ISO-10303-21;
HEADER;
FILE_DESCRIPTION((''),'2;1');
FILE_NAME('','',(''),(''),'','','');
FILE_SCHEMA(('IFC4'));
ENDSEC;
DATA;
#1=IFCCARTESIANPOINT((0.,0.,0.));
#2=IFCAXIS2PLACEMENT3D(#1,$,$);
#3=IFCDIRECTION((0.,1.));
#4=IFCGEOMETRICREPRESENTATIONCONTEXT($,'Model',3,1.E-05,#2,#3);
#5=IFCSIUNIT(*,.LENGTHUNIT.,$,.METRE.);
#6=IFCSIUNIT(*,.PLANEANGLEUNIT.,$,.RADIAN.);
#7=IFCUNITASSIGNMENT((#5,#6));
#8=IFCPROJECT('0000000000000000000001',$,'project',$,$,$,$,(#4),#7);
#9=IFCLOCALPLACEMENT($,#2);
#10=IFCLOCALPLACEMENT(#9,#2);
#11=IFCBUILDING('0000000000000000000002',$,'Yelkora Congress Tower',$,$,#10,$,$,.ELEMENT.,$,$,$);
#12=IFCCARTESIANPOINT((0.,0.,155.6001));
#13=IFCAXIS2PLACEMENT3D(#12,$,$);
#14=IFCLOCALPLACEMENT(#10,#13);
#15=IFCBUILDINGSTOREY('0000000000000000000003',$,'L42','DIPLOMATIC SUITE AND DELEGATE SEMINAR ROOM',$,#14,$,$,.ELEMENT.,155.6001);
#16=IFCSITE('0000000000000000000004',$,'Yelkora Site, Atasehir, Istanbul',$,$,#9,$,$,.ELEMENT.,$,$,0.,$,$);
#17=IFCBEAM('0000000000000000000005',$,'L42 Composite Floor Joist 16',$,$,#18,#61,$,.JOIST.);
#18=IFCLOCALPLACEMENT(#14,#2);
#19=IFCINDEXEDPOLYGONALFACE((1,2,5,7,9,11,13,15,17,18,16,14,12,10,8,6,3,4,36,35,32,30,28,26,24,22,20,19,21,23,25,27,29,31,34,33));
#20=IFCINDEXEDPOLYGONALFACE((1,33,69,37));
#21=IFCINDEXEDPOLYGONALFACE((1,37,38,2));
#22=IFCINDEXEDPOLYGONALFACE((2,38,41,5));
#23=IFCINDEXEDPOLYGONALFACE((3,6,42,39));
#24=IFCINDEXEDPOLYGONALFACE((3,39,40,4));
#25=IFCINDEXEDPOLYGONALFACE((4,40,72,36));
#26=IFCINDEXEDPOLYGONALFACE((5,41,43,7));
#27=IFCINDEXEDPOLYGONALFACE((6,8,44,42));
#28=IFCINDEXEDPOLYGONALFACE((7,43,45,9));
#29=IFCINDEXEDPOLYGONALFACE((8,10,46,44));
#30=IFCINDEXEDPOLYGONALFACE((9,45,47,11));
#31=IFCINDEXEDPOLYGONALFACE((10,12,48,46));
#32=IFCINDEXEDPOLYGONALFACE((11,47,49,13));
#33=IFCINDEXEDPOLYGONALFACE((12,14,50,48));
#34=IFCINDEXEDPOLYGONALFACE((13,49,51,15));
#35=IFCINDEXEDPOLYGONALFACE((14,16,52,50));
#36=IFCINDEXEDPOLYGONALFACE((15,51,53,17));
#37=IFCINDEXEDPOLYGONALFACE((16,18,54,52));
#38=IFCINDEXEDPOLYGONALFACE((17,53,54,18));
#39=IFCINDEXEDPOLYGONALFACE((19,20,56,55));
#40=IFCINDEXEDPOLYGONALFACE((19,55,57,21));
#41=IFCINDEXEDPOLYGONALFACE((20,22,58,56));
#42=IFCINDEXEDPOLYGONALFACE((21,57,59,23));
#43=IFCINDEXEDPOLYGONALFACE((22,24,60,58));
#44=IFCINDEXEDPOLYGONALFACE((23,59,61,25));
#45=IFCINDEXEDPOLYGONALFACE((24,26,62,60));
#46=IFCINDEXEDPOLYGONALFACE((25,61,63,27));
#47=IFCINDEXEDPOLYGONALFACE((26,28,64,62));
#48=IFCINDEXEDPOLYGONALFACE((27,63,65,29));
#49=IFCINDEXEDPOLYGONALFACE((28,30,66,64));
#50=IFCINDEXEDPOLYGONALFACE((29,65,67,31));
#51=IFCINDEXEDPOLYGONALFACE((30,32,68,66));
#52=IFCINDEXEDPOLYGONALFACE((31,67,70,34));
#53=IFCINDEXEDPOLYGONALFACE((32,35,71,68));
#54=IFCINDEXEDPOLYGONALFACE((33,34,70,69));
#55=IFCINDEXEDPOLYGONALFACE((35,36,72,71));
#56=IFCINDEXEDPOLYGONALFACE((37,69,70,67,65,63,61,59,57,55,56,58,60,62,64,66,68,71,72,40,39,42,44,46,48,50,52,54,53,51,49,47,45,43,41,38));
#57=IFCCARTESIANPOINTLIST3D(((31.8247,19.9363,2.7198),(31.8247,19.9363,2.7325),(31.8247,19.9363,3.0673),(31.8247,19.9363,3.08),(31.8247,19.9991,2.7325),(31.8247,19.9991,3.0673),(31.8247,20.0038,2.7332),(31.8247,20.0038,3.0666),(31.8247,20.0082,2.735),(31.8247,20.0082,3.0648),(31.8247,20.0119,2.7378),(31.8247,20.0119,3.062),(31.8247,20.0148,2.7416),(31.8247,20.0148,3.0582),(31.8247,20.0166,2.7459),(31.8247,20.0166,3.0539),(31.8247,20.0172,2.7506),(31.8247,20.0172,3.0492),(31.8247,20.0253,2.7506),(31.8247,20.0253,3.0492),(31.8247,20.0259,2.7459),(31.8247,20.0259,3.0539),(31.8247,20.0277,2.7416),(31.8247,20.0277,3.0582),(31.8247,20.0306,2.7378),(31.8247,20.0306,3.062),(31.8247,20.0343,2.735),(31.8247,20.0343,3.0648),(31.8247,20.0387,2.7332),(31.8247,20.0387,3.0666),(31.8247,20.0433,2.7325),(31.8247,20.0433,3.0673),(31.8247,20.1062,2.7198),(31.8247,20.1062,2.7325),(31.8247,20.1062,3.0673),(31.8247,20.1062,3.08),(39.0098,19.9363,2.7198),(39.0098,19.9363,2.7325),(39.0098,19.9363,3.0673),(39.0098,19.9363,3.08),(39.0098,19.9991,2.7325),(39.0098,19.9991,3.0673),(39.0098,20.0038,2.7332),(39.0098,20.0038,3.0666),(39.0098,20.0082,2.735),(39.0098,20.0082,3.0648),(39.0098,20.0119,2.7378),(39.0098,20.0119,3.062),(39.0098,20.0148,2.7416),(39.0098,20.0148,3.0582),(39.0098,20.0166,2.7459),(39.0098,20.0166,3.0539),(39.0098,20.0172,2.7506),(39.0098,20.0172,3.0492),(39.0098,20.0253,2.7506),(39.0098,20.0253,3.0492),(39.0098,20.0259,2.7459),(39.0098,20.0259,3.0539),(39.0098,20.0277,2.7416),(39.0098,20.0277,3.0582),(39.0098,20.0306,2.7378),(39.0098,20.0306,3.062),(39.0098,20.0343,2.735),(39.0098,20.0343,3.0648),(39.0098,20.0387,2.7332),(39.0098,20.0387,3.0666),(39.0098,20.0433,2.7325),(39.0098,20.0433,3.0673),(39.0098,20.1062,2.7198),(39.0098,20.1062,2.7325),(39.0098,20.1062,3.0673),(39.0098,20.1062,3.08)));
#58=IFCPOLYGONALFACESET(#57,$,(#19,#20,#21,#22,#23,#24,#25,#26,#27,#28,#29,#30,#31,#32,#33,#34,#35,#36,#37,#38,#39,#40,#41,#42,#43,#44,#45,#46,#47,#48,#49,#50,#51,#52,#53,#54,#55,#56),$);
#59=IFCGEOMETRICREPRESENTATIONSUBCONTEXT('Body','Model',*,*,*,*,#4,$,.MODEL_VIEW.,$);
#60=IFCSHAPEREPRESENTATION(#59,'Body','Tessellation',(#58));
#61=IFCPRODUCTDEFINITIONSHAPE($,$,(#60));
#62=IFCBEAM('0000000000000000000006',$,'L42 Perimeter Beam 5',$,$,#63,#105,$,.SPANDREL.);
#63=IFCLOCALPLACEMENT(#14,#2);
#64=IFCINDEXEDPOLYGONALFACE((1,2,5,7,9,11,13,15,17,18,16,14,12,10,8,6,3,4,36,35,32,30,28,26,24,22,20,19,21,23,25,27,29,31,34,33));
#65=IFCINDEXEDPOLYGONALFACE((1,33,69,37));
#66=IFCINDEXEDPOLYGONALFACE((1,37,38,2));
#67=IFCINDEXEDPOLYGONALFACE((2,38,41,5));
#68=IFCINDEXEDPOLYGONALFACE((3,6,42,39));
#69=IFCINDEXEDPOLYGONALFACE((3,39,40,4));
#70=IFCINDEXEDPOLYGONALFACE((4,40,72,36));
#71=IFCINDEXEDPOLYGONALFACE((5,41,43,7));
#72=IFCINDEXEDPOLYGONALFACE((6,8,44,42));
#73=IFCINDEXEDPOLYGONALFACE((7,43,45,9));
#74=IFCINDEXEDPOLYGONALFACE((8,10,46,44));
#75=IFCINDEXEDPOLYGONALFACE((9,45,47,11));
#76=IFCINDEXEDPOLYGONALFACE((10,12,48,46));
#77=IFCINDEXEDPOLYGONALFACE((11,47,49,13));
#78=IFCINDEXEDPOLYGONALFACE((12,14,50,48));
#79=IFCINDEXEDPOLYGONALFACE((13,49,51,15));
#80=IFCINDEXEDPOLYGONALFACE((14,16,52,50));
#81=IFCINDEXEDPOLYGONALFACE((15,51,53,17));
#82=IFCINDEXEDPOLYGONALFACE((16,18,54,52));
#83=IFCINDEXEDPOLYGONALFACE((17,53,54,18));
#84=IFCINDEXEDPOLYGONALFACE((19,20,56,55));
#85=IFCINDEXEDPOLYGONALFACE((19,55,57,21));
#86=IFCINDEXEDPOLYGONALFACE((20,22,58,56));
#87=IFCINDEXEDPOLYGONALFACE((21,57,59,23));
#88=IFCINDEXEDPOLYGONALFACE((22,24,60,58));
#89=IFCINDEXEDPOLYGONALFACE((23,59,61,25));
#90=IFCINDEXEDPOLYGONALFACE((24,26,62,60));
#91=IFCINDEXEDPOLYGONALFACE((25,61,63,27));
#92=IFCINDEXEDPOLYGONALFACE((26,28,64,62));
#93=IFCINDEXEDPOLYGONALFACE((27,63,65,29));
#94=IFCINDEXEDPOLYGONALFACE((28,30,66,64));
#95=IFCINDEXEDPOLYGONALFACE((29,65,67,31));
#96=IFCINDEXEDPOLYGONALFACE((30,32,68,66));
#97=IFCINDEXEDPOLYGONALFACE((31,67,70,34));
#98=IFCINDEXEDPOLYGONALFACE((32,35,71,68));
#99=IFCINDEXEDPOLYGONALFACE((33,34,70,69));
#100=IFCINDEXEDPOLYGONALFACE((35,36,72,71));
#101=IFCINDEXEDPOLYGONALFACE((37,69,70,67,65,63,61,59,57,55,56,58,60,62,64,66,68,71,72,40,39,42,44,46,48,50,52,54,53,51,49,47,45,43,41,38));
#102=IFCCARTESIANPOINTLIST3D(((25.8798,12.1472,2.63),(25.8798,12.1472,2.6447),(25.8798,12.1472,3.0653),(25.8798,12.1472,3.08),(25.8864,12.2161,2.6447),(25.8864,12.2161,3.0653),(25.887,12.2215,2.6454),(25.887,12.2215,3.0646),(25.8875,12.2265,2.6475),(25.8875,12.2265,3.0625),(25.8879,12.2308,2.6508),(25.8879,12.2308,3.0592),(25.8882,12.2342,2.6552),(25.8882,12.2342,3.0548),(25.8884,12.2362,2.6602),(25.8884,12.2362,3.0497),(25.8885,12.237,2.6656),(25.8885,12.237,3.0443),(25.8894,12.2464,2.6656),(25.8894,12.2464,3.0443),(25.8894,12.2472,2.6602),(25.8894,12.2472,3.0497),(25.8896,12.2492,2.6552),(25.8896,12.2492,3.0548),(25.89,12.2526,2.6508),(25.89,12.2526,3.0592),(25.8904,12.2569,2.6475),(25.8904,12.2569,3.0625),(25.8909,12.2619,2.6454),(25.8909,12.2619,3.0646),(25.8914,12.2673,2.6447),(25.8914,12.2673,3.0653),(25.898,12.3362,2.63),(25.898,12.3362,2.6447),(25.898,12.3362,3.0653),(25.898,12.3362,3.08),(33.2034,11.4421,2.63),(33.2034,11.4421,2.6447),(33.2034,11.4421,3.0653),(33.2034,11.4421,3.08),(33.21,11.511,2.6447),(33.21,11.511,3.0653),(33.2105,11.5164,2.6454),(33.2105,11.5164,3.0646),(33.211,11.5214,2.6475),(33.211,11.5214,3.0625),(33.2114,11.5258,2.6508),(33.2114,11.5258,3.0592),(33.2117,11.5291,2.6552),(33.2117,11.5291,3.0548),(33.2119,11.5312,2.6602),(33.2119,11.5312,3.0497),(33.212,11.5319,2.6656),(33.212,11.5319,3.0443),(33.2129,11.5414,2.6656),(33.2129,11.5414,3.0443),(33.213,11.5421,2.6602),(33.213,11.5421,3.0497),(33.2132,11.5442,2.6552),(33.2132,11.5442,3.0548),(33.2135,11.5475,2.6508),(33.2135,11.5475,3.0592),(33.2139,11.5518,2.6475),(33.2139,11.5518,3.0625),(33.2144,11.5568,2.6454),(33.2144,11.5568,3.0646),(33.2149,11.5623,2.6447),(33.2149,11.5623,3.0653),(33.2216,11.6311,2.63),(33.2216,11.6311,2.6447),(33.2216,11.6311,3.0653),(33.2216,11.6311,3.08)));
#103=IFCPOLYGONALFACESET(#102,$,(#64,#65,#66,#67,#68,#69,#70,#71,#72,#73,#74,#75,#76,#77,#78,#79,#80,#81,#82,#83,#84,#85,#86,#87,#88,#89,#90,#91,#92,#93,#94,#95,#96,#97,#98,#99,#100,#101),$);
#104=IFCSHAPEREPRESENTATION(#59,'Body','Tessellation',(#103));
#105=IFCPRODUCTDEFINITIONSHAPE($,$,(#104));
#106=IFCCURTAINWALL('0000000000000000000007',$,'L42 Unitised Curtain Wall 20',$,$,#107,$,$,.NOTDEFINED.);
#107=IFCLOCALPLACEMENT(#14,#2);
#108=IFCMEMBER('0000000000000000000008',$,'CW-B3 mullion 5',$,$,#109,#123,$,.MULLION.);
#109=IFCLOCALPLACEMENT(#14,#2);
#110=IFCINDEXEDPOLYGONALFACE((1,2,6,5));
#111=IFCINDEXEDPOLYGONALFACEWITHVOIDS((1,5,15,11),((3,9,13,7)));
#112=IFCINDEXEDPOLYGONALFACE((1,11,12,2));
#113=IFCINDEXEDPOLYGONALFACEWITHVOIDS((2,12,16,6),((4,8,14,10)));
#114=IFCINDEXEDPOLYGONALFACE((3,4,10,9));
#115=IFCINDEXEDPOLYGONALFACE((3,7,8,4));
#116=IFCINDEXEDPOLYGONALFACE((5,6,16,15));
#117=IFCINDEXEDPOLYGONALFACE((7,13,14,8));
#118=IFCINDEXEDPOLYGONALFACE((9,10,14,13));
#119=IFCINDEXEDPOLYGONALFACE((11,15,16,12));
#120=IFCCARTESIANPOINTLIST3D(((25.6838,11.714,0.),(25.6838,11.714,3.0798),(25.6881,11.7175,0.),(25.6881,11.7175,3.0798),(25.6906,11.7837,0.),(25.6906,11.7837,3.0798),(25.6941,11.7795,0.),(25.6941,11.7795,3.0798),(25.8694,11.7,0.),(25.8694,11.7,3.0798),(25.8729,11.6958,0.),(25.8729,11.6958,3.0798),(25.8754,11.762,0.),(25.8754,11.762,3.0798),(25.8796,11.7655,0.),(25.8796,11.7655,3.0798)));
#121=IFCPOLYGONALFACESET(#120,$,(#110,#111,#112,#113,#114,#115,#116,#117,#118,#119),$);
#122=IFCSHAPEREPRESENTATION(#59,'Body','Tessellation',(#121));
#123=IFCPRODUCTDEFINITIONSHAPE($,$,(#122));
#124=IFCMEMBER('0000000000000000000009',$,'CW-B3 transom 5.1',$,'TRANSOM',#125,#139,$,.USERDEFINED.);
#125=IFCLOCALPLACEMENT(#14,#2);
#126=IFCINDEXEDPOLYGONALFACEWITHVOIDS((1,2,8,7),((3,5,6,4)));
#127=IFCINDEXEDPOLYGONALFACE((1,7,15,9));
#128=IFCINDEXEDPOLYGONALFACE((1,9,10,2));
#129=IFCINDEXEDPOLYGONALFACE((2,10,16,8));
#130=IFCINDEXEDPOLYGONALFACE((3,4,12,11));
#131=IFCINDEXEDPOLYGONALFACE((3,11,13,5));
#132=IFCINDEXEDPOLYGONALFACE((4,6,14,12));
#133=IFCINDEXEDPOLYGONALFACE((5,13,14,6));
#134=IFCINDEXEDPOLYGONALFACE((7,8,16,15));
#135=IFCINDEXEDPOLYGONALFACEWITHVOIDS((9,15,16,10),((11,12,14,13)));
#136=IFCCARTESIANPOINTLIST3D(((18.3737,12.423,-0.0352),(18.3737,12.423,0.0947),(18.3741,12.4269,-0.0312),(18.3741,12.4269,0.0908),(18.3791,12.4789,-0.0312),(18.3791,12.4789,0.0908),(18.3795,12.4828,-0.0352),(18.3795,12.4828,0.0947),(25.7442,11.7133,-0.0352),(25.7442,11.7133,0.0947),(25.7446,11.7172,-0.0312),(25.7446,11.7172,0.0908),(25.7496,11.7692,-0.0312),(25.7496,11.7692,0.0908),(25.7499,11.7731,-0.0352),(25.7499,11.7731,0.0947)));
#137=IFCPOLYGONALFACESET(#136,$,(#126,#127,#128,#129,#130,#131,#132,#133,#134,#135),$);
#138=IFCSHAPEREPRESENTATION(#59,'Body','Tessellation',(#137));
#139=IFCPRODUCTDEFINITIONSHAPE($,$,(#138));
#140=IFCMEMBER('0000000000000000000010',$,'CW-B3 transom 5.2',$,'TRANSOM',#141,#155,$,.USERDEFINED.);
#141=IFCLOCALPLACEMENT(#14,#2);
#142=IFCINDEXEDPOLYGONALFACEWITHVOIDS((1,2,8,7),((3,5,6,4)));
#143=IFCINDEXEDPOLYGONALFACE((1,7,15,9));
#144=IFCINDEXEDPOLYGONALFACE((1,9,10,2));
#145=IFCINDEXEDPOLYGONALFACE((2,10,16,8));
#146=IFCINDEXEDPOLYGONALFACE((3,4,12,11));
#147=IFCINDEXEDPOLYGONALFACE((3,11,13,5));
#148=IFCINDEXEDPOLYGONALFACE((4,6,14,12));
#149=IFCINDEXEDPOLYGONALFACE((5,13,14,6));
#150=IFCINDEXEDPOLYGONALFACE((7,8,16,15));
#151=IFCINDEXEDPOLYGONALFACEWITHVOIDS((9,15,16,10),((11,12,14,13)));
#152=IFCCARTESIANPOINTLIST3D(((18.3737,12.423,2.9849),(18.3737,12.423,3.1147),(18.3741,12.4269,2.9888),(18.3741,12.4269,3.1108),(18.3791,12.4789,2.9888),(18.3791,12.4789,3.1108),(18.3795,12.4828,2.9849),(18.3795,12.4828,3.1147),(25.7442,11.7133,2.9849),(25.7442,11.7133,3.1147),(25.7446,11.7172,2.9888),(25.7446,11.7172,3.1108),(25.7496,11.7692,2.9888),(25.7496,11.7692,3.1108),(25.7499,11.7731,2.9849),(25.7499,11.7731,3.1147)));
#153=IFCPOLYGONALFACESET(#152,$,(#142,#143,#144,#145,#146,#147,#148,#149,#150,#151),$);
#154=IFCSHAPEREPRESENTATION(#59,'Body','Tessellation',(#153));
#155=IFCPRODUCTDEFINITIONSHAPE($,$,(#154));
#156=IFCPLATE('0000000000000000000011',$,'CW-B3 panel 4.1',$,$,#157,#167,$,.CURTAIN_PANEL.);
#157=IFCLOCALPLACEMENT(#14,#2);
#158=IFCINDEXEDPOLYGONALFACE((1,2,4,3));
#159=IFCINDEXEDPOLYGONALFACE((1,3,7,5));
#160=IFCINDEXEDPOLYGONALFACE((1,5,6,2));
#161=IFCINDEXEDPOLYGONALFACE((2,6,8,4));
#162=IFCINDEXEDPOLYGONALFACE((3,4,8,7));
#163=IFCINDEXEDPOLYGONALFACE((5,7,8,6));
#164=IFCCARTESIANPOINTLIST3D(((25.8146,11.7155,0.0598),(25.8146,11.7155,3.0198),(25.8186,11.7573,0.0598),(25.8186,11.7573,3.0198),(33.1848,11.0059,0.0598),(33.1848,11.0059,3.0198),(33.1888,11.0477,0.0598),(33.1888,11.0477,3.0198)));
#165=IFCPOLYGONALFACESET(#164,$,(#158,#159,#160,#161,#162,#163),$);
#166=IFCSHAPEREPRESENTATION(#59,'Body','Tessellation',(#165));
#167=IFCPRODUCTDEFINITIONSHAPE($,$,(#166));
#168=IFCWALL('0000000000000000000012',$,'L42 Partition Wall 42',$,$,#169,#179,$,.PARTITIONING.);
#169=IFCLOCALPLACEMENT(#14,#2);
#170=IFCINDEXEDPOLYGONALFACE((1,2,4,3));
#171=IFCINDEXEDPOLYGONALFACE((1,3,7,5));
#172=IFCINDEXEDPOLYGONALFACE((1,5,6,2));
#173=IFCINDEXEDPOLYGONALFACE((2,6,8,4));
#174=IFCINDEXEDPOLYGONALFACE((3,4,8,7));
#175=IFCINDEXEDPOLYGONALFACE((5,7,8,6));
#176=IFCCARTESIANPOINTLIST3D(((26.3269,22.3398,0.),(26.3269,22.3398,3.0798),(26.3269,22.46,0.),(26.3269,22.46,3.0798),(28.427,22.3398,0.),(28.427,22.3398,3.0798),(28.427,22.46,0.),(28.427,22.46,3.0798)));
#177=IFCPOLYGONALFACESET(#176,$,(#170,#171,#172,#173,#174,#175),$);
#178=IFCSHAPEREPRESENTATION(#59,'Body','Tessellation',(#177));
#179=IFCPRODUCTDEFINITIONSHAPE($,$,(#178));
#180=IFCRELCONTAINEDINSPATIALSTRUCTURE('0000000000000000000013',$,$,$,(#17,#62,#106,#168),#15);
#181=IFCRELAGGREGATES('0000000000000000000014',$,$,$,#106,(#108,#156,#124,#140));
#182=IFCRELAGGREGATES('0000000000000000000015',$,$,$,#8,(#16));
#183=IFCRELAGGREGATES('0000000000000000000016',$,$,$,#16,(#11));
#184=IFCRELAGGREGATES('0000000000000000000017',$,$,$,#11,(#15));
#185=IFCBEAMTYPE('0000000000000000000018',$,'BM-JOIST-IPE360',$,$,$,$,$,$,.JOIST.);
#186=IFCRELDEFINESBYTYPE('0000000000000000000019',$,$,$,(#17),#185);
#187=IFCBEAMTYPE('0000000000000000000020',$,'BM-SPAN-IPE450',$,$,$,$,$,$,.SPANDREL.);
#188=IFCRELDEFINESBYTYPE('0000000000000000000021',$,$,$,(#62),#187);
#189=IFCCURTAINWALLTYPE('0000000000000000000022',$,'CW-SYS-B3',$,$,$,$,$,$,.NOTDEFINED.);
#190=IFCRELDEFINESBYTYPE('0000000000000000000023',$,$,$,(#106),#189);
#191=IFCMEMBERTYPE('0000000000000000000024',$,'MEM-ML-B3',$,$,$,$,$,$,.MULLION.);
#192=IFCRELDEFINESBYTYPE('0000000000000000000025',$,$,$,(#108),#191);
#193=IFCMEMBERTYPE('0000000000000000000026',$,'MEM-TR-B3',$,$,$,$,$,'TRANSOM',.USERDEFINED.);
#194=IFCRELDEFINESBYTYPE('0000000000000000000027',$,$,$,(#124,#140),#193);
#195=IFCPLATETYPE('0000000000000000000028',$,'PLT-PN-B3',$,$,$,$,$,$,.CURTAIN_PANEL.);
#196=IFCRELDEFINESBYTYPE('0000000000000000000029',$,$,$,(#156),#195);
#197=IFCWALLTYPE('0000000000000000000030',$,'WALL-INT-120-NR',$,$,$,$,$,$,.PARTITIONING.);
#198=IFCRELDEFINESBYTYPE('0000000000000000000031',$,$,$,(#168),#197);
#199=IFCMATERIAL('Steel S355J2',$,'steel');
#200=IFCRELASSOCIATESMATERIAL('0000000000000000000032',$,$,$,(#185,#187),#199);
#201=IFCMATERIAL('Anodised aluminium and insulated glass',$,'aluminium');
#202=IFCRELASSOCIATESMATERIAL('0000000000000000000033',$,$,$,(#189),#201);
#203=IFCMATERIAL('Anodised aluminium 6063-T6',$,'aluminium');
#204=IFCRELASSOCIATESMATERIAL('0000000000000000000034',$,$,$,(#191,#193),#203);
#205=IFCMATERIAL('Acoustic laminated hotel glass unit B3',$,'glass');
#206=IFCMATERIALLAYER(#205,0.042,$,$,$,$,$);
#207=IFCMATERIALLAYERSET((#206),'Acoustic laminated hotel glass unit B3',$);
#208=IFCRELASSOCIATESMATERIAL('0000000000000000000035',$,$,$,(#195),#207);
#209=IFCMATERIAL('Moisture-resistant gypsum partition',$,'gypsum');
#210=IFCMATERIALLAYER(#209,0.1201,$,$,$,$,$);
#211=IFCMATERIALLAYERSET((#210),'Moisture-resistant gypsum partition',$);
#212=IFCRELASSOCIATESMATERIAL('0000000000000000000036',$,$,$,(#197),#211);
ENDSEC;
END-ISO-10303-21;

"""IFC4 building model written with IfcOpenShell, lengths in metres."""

from ifc_helpers import new_model, si_unit, direction, frame, frame_2d, origin, origin_2d, place, context, subcontext, project, spatial, rectangle, hollow_rectangle, i_section, extrude, material, layer, layer_set, material_profile, profile_set, type_object, element, aggregate, save


model = new_model("IFC4")

# Units and contexts
model_context = context("Model", 3, precision=1e-05, world=origin(), true_north=direction((0.0, 1.0)))
body_context = subcontext(model_context, "Body", "Model", "MODEL_VIEW")
ifc_project = project(units=[si_unit("LENGTHUNIT", "METRE"), si_unit("PLANEANGLEUNIT", "RADIAN")], contexts=[model_context])

# Site, building, storey
site_placement = place(None, origin())
site = spatial("IfcSite", under=ifc_project, at=site_placement, Name="Yelkora Site, Atasehir, Istanbul", CompositionType="ELEMENT", RefElevation=0.0)
building_placement = place(site_placement, origin())
building = spatial("IfcBuilding", under=site, at=building_placement, Name="Yelkora Congress Tower", CompositionType="ELEMENT")
storey_placement = place(building_placement, frame((0.0, 0.0, 155.6001)))
storey = spatial("IfcBuildingStorey", under=building, at=storey_placement, Name="L42", Description="DIPLOMATIC SUITE AND DELEGATE SEMINAR ROOM", CompositionType="ELEMENT", Elevation=155.6001)

# Beams
ifc_material_1 = material(Name="Steel S355J2", Category="steel")
ifc_material_profile_1 = material_profile(ifc_material_1, i_section(OverallWidth=0.1699, OverallDepth=0.3601, WebThickness=0.0081, FlangeThickness=0.0127, FilletRadius=0.0181, at=origin_2d()), Name="IPE 360")
ifc_profile_set_1 = profile_set([ifc_material_profile_1], Name="Steel S355J2")
beam_type_1 = type_object("IfcBeamType", Name="BM-JOIST-IPE360", PredefinedType="JOIST", material=ifc_profile_set_1)
beam_1_placement = place(storey_placement, frame((31.8247, 20.0212, 2.8999), z_axis=(1.0, 0.0, 0.0), x_axis=(0.0, 1.0, 0.0)))
element("IfcBeam", 1, at=beam_1_placement, inside=storey, type_object=beam_type_1, Name="L42 Composite Floor Joist 16", PredefinedType="JOIST", context=body_context, shape_type="SweptSolid", body=[
    extrude(i_section(OverallWidth=0.1699, OverallDepth=0.3601, WebThickness=0.0081, FlangeThickness=0.0127, FilletRadius=0.0181, at=origin_2d()), origin(), (0.0, 0.0, 1.0), 7.1851),
])
ifc_material_profile_2 = material_profile(ifc_material_1, i_section(OverallWidth=0.1899, OverallDepth=0.45, WebThickness=0.0095, FlangeThickness=0.0146, FilletRadius=0.021, at=origin_2d()), Name="IPE 450")
ifc_profile_set_2 = profile_set([ifc_material_profile_2], Name="Steel S355J2")
beam_type_2 = type_object("IfcBeamType", Name="BM-SPAN-IPE450", PredefinedType="SPANDREL", material=ifc_profile_set_2)
beam_2_placement = place(storey_placement, frame((25.8889, 12.2417, 2.855), z_axis=(0.995397, -0.095833, 0.0), x_axis=(0.095833, 0.995397, 0.0)))
element("IfcBeam", 2, at=beam_2_placement, inside=storey, type_object=beam_type_2, Name="L42 Perimeter Beam 5", PredefinedType="SPANDREL", context=body_context, shape_type="SweptSolid", body=[
    extrude(i_section(OverallWidth=0.1899, OverallDepth=0.45, WebThickness=0.0095, FlangeThickness=0.0146, FilletRadius=0.021, at=origin_2d()), origin(), (0.0, 0.0, 1.0), 7.3574),
])

# Curtain wall, members, plate
ifc_material_2 = material(Name="Anodised aluminium and insulated glass", Category="aluminium")
curtain_wall_type = type_object("IfcCurtainWallType", Name="CW-SYS-B3", PredefinedType="NOTDEFINED", material=ifc_material_2)
curtain_wall_placement = place(storey_placement, origin())
curtain_wall = element("IfcCurtainWall", 3, at=curtain_wall_placement, inside=storey, type_object=curtain_wall_type, Name="L42 Unitised Curtain Wall 20", PredefinedType="NOTDEFINED")
ifc_material_3 = material(Name="Anodised aluminium 6063-T6", Category="aluminium")
ifc_material_profile_3 = material_profile(ifc_material_3, hollow_rectangle(XDim=0.0701, YDim=0.1899, WallThickness=0.0039, at=origin_2d()), Name="ALU 70x190x4")
ifc_profile_set_3 = profile_set([ifc_material_profile_3], Name="Anodised aluminium 6063-T6")
member_type_1 = type_object("IfcMemberType", Name="MEM-ML-B3", PredefinedType="MULLION", material=ifc_profile_set_3)
member_1_placement = place(storey_placement, frame((25.7817, 11.7397, 0.0), z_axis=(0.0, 0.0, 1.0), x_axis=(-0.095845, -0.995396, 0.0)))
member_1 = element("IfcMember", 4, at=member_1_placement, type_object=member_type_1, Name="CW-B3 mullion 5", PredefinedType="MULLION", context=body_context, shape_type="SweptSolid", body=[
    extrude(hollow_rectangle(XDim=0.0701, YDim=0.1899, WallThickness=0.0039, at=origin_2d()), origin(), (0.0, 0.0, 1.0), 3.0798),
])
ifc_material_profile_4 = material_profile(ifc_material_3, hollow_rectangle(XDim=0.0601, YDim=0.1299, WallThickness=0.0039, at=origin_2d()), Name="ALU 60x130x4")
ifc_profile_set_4 = profile_set([ifc_material_profile_4], Name="Anodised aluminium 6063-T6")
member_type_2 = type_object("IfcMemberType", Name="MEM-TR-B3", ElementType="TRANSOM", PredefinedType="USERDEFINED", material=ifc_profile_set_4)
member_2_placement = place(storey_placement, frame((25.7471, 11.7432, 0.0298), z_axis=(-0.995396, 0.09585, 0.0), x_axis=(-0.09585, -0.995396, 0.0)))
member_2 = element("IfcMember", 5, at=member_2_placement, type_object=member_type_2, Name="CW-B3 transom 5.1", ObjectType="TRANSOM", PredefinedType="USERDEFINED", context=body_context, shape_type="SweptSolid", body=[
    extrude(hollow_rectangle(XDim=0.0601, YDim=0.1299, WallThickness=0.0039, at=origin_2d()), origin(), (0.0, 0.0, 1.0), 7.4045),
])
member_3_placement = place(storey_placement, frame((25.7471, 11.7432, 3.0498), z_axis=(-0.995396, 0.09585, 0.0), x_axis=(-0.09585, -0.995396, 0.0)))
member_3 = element("IfcMember", 6, at=member_3_placement, type_object=member_type_2, Name="CW-B3 transom 5.2", ObjectType="TRANSOM", PredefinedType="USERDEFINED", context=body_context, shape_type="SweptSolid", body=[
    extrude(hollow_rectangle(XDim=0.0601, YDim=0.1299, WallThickness=0.0039, at=origin_2d()), origin(), (0.0, 0.0, 1.0), 7.4045),
])
ifc_material_4 = material(Name="Acoustic laminated hotel glass unit B3", Category="glass")
ifc_layer_1 = layer(ifc_material_4, 0.042)
ifc_layer_set_1 = layer_set([ifc_layer_1], Name="Acoustic laminated hotel glass unit B3")
plate_type = type_object("IfcPlateType", Name="PLT-PN-B3", PredefinedType="CURTAIN_PANEL", material=ifc_layer_set_1)
plate_placement = place(storey_placement, frame((29.5017, 11.3816, 0.0598), z_axis=(0.0, 0.0, 1.0), x_axis=(-0.995396, 0.095845, 0.0)))
plate = element("IfcPlate", 7, at=plate_placement, type_object=plate_type, Name="CW-B3 panel 4.1", PredefinedType="CURTAIN_PANEL", context=body_context, shape_type="SweptSolid", body=[
    extrude(rectangle(XDim=7.4043, YDim=0.042, at=origin_2d()), origin(), (0.0, 0.0, 1.0), 2.96),
])
aggregate(curtain_wall, [member_1, plate, member_2, member_3])

# Wall
ifc_material_5 = material(Name="Moisture-resistant gypsum partition", Category="gypsum")
ifc_layer_2 = layer(ifc_material_5, 0.1201)
ifc_layer_set_2 = layer_set([ifc_layer_2], Name="Moisture-resistant gypsum partition")
wall_type_1 = type_object("IfcWallType", Name="WALL-INT-120-NR", PredefinedType="PARTITIONING", material=ifc_layer_set_2)
wall_1_placement = place(storey_placement, frame((26.3269, 22.3999, 0.0), z_axis=(0.0, 0.0, 1.0), x_axis=(1.0, 0.0, 0.0)))
element("IfcWall", 8, at=wall_1_placement, inside=storey, type_object=wall_type_1, Name="L42 Partition Wall 42", PredefinedType="PARTITIONING", context=body_context, shape_type="SweptSolid", body=[
    extrude(rectangle(XDim=2.1001, YDim=0.1201, at=frame_2d((1.05, 0.0))), origin(), (0.0, 0.0, 1.0), 3.0798),
])

save(model, "model.ifc")
